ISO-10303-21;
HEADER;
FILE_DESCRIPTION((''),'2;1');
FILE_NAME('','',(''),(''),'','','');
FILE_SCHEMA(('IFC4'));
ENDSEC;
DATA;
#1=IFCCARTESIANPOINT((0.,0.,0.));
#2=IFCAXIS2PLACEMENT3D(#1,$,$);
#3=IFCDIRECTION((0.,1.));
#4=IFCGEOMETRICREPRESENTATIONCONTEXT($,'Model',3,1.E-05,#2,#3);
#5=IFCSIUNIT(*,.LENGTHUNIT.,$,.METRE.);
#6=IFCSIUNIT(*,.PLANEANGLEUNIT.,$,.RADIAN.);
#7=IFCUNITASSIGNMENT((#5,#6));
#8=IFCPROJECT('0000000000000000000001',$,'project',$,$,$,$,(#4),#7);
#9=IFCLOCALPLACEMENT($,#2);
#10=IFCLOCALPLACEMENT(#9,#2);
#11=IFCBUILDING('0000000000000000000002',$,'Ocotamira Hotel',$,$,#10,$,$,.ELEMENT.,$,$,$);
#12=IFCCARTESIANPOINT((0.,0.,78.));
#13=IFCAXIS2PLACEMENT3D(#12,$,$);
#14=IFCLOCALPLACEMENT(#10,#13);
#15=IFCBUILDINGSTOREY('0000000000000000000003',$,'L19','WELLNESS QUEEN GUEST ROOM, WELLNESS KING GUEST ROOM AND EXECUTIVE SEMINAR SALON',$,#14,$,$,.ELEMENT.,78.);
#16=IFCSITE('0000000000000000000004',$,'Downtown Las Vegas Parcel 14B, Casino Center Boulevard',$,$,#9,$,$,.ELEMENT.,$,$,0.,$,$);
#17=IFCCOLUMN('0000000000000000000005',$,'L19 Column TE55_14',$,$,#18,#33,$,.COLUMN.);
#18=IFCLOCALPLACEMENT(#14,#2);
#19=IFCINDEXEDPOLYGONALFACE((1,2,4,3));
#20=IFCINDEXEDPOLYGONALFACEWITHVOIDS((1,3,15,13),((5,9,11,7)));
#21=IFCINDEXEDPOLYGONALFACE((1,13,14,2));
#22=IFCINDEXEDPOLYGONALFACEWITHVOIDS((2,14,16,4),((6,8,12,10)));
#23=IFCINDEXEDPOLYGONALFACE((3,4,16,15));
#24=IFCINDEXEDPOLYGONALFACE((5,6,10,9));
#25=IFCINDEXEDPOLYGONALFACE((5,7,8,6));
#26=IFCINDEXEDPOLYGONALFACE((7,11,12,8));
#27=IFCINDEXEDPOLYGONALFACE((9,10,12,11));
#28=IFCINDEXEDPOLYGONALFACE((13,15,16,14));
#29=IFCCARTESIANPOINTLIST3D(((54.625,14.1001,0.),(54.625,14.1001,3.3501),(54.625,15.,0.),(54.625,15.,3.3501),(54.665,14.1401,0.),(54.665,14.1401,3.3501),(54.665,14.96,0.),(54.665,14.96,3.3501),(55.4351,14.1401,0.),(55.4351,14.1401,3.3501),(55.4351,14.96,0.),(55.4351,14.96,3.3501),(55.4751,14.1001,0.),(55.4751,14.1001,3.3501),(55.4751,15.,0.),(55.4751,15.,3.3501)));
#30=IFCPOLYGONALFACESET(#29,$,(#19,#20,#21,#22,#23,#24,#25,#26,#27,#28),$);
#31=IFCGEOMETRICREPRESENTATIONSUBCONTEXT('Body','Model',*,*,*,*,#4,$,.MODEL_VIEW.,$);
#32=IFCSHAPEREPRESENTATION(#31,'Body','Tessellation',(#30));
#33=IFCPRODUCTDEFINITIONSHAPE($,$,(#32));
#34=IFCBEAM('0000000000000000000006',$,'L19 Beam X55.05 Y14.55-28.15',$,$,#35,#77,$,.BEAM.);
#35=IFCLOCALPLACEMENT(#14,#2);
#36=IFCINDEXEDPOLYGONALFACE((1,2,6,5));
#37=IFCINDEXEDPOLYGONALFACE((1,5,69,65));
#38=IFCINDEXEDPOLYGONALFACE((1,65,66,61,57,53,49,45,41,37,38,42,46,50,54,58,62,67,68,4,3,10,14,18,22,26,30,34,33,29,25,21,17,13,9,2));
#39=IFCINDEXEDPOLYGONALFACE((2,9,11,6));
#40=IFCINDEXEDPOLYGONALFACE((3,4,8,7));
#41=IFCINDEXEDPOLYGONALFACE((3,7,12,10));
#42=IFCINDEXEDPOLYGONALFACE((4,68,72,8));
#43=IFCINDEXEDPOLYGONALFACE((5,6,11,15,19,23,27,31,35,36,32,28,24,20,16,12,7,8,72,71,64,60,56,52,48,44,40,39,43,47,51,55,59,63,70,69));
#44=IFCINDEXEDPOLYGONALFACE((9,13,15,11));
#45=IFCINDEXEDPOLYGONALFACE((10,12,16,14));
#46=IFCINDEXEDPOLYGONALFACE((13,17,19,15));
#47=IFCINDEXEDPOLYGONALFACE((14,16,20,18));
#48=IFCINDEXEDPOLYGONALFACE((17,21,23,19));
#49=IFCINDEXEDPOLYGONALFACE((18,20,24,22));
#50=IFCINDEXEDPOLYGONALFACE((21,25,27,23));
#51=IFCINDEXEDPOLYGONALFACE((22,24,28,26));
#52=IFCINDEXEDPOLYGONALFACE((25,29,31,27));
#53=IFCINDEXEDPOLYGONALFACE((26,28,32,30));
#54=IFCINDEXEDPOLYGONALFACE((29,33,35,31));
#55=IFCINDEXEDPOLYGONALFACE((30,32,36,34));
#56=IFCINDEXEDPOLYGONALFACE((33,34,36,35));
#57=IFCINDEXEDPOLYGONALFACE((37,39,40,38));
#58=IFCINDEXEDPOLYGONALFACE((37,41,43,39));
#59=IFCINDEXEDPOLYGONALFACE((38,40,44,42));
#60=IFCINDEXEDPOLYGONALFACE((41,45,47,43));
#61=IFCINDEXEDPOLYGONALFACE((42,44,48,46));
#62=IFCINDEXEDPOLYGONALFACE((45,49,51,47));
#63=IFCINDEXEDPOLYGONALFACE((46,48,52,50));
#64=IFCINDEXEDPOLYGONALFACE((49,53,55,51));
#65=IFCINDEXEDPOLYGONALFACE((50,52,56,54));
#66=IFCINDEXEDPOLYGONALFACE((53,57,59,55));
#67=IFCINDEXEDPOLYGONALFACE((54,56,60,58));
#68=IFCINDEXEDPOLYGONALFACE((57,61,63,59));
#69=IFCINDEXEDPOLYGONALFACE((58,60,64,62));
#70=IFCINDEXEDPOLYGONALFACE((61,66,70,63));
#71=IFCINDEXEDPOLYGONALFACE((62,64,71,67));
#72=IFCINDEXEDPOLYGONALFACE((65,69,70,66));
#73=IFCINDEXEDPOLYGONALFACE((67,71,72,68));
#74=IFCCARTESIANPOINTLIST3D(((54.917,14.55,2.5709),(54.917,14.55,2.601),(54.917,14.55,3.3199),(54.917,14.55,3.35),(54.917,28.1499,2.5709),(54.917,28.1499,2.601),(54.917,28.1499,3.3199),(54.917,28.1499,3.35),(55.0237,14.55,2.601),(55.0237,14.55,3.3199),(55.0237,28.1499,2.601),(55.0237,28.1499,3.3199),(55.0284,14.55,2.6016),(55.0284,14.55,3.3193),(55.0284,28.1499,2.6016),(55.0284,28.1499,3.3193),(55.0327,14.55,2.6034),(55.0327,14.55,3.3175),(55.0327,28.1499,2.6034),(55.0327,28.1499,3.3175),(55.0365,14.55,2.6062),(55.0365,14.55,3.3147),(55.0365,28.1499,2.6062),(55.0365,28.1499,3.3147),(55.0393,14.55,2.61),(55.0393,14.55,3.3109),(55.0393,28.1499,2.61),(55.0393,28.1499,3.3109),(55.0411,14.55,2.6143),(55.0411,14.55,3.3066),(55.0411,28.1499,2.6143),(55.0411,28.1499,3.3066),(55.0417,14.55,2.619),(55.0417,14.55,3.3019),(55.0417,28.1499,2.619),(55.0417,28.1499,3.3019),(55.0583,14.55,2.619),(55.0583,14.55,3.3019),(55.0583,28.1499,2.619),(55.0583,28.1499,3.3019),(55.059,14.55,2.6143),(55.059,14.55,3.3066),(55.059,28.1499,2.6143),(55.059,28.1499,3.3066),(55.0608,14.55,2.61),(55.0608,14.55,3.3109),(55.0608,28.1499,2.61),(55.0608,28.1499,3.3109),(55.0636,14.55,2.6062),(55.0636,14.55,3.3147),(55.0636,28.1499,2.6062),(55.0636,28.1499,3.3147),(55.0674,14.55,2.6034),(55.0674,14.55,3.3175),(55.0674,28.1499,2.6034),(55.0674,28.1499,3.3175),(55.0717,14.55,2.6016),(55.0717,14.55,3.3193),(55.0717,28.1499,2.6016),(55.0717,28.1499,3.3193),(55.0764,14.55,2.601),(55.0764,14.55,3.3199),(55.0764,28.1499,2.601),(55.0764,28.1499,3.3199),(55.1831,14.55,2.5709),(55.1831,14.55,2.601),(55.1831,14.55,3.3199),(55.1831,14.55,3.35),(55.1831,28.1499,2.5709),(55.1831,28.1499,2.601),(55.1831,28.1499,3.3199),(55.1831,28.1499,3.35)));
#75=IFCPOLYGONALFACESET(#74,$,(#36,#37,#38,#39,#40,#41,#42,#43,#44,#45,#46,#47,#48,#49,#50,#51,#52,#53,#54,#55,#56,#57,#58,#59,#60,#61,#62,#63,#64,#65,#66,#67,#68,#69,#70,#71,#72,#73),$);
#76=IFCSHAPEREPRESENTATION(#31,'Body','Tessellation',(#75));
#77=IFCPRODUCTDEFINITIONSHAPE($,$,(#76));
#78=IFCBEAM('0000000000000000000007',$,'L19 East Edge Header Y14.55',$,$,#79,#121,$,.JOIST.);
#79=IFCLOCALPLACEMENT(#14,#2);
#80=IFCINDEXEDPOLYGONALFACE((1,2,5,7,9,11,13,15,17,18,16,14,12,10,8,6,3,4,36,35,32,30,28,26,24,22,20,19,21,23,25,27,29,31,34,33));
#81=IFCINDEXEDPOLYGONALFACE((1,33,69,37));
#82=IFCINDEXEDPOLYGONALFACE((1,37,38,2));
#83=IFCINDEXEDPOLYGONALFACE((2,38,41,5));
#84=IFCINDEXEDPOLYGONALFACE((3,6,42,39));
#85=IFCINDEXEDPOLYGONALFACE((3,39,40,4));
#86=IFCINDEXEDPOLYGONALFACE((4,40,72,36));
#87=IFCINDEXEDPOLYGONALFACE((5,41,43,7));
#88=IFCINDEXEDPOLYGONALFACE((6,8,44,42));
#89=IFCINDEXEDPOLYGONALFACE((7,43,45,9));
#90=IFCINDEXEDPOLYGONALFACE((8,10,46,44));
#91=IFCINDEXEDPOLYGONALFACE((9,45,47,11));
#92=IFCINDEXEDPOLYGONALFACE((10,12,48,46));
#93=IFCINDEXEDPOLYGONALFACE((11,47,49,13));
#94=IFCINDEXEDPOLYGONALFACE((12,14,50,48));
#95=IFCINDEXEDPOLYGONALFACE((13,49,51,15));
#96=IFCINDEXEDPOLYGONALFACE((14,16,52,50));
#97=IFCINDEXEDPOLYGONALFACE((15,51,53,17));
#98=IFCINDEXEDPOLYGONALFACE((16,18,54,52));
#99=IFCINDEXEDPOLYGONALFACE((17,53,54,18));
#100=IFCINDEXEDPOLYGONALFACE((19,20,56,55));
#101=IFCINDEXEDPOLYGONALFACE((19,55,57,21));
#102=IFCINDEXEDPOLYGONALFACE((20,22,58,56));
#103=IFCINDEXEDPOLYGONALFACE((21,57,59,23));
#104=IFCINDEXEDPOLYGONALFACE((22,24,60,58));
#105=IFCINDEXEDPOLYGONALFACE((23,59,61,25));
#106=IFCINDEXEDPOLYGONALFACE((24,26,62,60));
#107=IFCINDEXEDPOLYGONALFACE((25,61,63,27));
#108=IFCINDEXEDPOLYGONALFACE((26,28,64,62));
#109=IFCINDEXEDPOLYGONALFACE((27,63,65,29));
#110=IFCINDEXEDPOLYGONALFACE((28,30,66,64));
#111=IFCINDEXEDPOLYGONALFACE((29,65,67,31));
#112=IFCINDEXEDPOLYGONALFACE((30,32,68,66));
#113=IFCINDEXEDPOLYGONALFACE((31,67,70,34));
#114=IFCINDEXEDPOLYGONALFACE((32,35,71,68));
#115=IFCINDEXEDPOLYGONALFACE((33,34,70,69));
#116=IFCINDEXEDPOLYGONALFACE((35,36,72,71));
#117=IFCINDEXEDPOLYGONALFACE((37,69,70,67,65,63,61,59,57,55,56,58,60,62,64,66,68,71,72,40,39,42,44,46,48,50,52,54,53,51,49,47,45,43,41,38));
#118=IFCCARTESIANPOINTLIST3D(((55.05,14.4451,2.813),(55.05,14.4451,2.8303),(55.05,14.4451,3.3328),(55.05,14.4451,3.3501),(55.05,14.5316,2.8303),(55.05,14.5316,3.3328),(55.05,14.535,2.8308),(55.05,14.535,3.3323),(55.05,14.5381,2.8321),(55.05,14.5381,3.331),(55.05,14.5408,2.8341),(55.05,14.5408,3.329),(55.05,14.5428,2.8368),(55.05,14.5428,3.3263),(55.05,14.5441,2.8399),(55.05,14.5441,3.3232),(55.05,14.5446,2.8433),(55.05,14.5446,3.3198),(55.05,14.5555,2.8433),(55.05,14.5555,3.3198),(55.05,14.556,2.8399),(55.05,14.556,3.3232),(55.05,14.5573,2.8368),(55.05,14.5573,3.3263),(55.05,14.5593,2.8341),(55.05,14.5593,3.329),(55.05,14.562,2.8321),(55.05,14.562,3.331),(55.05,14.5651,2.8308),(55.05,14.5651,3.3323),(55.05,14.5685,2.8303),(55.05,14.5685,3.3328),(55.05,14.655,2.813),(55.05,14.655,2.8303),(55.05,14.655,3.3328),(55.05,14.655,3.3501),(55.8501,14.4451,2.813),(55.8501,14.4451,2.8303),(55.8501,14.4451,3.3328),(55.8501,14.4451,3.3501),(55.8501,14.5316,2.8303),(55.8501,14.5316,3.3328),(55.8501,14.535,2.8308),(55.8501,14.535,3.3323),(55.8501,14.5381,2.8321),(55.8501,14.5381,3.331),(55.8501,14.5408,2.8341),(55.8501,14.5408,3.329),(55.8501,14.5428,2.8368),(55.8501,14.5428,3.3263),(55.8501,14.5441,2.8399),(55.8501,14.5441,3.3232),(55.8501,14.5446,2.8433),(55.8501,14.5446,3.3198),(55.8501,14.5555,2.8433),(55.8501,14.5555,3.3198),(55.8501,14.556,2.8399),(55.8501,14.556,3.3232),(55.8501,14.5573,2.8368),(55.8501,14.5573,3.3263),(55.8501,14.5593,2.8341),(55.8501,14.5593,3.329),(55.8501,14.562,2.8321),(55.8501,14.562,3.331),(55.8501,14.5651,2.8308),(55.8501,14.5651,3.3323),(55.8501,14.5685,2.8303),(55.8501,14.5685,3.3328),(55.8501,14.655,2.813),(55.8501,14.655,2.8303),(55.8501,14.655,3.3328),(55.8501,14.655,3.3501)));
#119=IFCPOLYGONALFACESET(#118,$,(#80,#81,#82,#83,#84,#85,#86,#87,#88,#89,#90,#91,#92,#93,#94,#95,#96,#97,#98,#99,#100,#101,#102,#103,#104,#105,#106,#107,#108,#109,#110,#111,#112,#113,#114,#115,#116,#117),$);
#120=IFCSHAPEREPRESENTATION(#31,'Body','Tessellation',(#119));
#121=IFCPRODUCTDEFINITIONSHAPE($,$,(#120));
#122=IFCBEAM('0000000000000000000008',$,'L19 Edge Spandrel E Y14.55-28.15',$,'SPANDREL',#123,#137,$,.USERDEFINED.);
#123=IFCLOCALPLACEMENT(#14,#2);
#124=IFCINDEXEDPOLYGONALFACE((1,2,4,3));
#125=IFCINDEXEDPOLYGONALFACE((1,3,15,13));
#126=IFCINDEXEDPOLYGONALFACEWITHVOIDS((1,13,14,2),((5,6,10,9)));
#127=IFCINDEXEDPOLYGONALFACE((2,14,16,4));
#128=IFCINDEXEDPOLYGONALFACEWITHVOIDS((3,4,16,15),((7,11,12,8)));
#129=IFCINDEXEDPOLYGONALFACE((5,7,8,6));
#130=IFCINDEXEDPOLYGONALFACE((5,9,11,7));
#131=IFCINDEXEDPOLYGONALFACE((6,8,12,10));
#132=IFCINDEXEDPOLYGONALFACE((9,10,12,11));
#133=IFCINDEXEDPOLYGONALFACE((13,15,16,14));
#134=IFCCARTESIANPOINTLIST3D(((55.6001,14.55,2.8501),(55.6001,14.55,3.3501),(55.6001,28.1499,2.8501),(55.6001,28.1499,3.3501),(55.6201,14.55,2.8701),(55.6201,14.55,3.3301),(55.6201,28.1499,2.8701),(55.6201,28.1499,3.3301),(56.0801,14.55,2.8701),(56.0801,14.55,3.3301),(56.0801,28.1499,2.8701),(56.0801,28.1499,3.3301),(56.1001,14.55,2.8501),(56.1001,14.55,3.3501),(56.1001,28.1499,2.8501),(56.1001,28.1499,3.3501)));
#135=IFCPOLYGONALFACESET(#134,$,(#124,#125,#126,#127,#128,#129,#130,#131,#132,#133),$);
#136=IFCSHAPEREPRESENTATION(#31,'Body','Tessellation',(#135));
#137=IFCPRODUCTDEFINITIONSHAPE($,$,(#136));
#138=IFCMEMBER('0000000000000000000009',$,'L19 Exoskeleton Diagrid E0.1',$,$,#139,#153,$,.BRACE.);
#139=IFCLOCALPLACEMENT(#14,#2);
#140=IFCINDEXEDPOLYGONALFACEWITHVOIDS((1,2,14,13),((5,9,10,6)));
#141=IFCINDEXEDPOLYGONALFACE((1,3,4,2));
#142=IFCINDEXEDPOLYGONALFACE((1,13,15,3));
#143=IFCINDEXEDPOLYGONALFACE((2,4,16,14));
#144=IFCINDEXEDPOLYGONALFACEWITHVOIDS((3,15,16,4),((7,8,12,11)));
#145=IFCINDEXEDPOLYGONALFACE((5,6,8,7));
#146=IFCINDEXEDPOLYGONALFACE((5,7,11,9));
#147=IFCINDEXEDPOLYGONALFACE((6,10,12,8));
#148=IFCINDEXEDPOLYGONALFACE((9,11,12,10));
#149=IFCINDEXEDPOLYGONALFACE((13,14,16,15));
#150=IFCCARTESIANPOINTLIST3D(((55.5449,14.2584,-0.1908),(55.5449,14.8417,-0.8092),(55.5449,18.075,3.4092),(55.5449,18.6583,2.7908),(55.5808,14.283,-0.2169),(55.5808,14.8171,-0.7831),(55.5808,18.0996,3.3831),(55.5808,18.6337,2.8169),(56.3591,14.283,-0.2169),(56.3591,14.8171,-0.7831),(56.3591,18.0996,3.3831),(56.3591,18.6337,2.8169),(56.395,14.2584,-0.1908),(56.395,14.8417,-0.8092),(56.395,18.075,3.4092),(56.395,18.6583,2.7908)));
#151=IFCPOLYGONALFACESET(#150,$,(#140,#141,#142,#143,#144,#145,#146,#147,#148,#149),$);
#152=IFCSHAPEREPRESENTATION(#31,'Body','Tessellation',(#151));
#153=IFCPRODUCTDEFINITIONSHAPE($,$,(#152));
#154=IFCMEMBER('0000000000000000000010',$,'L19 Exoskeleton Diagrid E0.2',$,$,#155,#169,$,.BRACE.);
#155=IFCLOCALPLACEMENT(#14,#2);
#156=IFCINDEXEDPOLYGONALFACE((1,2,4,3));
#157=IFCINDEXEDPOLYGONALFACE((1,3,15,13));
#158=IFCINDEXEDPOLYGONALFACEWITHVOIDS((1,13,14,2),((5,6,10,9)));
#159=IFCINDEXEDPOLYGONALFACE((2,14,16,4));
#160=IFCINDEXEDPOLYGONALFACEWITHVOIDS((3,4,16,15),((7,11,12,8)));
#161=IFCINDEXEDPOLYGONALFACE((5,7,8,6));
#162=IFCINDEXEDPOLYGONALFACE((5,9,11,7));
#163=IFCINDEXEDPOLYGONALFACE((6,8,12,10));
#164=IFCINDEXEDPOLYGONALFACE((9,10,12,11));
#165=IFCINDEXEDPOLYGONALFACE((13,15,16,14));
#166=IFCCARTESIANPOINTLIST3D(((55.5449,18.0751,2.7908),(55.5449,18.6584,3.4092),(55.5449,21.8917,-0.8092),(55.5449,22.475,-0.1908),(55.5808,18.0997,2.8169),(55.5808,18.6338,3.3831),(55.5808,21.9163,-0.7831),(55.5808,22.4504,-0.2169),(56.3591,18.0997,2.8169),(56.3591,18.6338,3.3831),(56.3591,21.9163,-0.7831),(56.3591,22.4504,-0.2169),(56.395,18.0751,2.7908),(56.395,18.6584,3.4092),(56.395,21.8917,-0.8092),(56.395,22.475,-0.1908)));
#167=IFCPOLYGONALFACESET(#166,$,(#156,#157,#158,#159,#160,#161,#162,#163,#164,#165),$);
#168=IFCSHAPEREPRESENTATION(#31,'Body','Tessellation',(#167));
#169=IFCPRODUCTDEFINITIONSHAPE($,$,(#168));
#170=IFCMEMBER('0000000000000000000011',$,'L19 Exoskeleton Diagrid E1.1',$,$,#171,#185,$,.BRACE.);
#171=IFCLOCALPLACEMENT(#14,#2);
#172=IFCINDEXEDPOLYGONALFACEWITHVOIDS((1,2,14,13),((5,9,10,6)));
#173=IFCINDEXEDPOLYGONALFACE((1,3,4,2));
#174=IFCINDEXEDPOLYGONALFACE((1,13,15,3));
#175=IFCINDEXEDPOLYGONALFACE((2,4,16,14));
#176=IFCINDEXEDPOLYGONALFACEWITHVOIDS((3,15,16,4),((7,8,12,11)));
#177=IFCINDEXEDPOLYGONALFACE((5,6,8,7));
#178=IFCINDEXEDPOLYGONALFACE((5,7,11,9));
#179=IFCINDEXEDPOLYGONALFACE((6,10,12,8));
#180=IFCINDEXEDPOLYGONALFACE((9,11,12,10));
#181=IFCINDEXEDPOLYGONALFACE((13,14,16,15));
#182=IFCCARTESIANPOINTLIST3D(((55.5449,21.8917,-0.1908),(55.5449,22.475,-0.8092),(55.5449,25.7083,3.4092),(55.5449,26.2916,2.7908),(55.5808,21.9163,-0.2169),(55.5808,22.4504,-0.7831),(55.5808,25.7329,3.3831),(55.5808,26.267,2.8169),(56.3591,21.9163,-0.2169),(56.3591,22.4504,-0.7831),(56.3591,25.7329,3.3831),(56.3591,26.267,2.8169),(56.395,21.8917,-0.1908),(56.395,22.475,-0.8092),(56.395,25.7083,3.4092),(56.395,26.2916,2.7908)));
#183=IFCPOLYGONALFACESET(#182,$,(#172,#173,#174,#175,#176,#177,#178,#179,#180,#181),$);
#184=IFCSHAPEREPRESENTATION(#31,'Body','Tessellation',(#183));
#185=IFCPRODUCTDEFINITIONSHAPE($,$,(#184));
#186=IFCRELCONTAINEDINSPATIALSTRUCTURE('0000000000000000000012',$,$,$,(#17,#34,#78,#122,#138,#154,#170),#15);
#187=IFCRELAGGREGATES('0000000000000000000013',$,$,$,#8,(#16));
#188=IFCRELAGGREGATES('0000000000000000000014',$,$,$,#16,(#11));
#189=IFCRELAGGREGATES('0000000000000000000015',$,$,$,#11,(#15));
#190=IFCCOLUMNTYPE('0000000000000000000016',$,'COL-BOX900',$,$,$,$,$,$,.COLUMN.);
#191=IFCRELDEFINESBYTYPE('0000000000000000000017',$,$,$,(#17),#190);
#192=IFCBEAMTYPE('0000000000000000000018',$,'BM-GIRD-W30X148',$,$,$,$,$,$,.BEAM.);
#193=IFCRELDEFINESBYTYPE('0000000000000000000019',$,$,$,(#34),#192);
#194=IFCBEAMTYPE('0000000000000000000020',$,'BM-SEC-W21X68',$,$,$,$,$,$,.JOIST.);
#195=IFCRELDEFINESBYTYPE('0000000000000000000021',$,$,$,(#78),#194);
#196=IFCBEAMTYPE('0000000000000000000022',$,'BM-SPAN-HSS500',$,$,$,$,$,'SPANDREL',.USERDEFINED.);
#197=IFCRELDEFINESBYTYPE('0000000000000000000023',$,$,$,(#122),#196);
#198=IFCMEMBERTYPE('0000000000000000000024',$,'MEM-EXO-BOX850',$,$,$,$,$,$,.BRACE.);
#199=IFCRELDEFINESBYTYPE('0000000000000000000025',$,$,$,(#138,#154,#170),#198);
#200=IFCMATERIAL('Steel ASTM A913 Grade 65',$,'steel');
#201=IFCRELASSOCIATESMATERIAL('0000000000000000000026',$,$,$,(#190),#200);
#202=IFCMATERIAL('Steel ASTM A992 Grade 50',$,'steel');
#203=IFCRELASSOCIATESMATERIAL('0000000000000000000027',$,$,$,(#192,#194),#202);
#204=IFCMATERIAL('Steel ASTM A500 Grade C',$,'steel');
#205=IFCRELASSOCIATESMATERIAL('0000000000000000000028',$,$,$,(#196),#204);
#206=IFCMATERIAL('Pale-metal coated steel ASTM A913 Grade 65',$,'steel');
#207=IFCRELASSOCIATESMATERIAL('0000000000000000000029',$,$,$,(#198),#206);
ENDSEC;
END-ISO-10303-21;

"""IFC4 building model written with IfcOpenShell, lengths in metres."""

from ifc_helpers import new_model, si_unit, direction, frame, origin, origin_2d, place, context, subcontext, project, spatial, hollow_rectangle, i_section, extrude, source, transform, mapped, material, material_profile, profile_set, type_object, element, save


model = new_model("IFC4")

# Units and contexts
model_context = context("Model", 3, precision=1e-05, world=origin(), true_north=direction((0.0, 1.0)))
body_context = subcontext(model_context, "Body", "Model", "MODEL_VIEW")
ifc_project = project(units=[si_unit("LENGTHUNIT", "METRE"), si_unit("PLANEANGLEUNIT", "RADIAN")], contexts=[model_context])

# Site, building, storey
site_placement = place(None, origin())
site = spatial("IfcSite", under=ifc_project, at=site_placement, Name="Downtown Las Vegas Parcel 14B, Casino Center Boulevard", CompositionType="ELEMENT", RefElevation=0.0)
building_placement = place(site_placement, origin())
building = spatial("IfcBuilding", under=site, at=building_placement, Name="Ocotamira Hotel", CompositionType="ELEMENT")
storey_placement = place(building_placement, frame((0.0, 0.0, 78.0)))
storey = spatial("IfcBuildingStorey", under=building, at=storey_placement, Name="L19", Description="WELLNESS QUEEN GUEST ROOM, WELLNESS KING GUEST ROOM AND EXECUTIVE SEMINAR SALON", CompositionType="ELEMENT", Elevation=78.0)

# Column
ifc_material_1 = material(Name="Steel ASTM A913 Grade 65", Category="steel")
ifc_material_profile_1 = material_profile(ifc_material_1, hollow_rectangle(XDim=0.8501, YDim=0.8999, WallThickness=0.04, at=origin_2d()), Name="BOX900X850X40")
ifc_profile_set_1 = profile_set([ifc_material_profile_1], Name="Steel ASTM A913 Grade 65")
column_type = type_object("IfcColumnType", Name="COL-BOX900", PredefinedType="COLUMN", material=ifc_profile_set_1)
shared_shape_1 = source(origin(), body_context, "Body", "SweptSolid", [
    extrude(hollow_rectangle(XDim=0.8501, YDim=0.8999, WallThickness=0.04, at=origin_2d()), origin(), (0.0, 0.0, 1.0), 3.3501),
])
column_placement = place(storey_placement, frame((55.05, 14.55, 0.0), z_axis=(0.0, 0.0, 1.0), x_axis=(1.0, 0.0, 0.0)))
element("IfcColumn", 1, at=column_placement, inside=storey, type_object=column_type, Name="L19 Column TE55_14", PredefinedType="COLUMN", context=body_context, shape_type="MappedRepresentation", body=[
    mapped(shared_shape_1, transform((0.0, 0.0, 0.0), scale=1.0)),
])

# Beams
ifc_material_2 = material(Name="Steel ASTM A992 Grade 50", Category="steel")
ifc_material_profile_2 = material_profile(ifc_material_2, i_section(OverallWidth=0.2661, OverallDepth=0.7791, WebThickness=0.0166, FlangeThickness=0.03, FilletRadius=0.0181, at=origin_2d()), Name="W30X148")
ifc_profile_set_2 = profile_set([ifc_material_profile_2], Name="Steel ASTM A992 Grade 50")
beam_type_1 = type_object("IfcBeamType", Name="BM-GIRD-W30X148", PredefinedType="BEAM", material=ifc_profile_set_2)
shared_shape_2 = source(origin(), body_context, "Body", "SweptSolid", [
    extrude(i_section(OverallWidth=0.2661, OverallDepth=0.7791, WebThickness=0.0166, FlangeThickness=0.03, FilletRadius=0.0181, at=origin_2d()), origin(), (0.0, 0.0, 1.0), 13.5999),
])
beam_1_placement = place(storey_placement, frame((55.05, 14.55, 2.9604), z_axis=(0.0, 1.0, 0.0), x_axis=(-1.0, 0.0, 0.0)))
element("IfcBeam", 2, at=beam_1_placement, inside=storey, type_object=beam_type_1, Name="L19 Beam X55.05 Y14.55-28.15", PredefinedType="BEAM", context=body_context, shape_type="MappedRepresentation", body=[
    mapped(shared_shape_2, transform((0.0, 0.0, 0.0), scale=1.0)),
])
ifc_material_profile_3 = material_profile(ifc_material_2, i_section(OverallWidth=0.21, OverallDepth=0.5371, WebThickness=0.011, FlangeThickness=0.0173, FilletRadius=0.0129, at=origin_2d()), Name="W21X68")
ifc_profile_set_3 = profile_set([ifc_material_profile_3], Name="Steel ASTM A992 Grade 50")
beam_type_2 = type_object("IfcBeamType", Name="BM-SEC-W21X68", PredefinedType="JOIST", material=ifc_profile_set_3)
shared_shape_3 = source(origin(), body_context, "Body", "SweptSolid", [
    extrude(i_section(OverallWidth=0.21, OverallDepth=0.5371, WebThickness=0.011, FlangeThickness=0.0173, FilletRadius=0.0129, at=origin_2d()), origin(), (0.0, 0.0, 1.0), 0.8),
])
beam_2_placement = place(storey_placement, frame((55.05, 14.55, 3.0815), z_axis=(1.0, 0.0, 0.0), x_axis=(0.0, 1.0, 0.0)))
element("IfcBeam", 3, at=beam_2_placement, inside=storey, type_object=beam_type_2, Name="L19 East Edge Header Y14.55", PredefinedType="JOIST", context=body_context, shape_type="MappedRepresentation", body=[
    mapped(shared_shape_3, transform((0.0, 0.0, 0.0), scale=1.0)),
])
ifc_material_3 = material(Name="Steel ASTM A500 Grade C", Category="steel")
ifc_material_profile_4 = material_profile(ifc_material_3, hollow_rectangle(XDim=0.5, YDim=0.5, WallThickness=0.02, at=origin_2d()), Name="HSS500X500X20")
ifc_profile_set_4 = profile_set([ifc_material_profile_4], Name="Steel ASTM A500 Grade C")
beam_type_3 = type_object("IfcBeamType", Name="BM-SPAN-HSS500", ElementType="SPANDREL", PredefinedType="USERDEFINED", material=ifc_profile_set_4)
shared_shape_4 = source(origin(), body_context, "Body", "SweptSolid", [
    extrude(hollow_rectangle(XDim=0.5, YDim=0.5, WallThickness=0.02, at=origin_2d()), origin(), (0.0, 0.0, 1.0), 13.5999),
])
beam_3_placement = place(storey_placement, frame((55.8501, 14.55, 3.1001), z_axis=(0.0, 1.0, 0.0), x_axis=(-1.0, 0.0, 0.0)))
element("IfcBeam", 4, at=beam_3_placement, inside=storey, type_object=beam_type_3, Name="L19 Edge Spandrel E Y14.55-28.15", ObjectType="SPANDREL", PredefinedType="USERDEFINED", context=body_context, shape_type="MappedRepresentation", body=[
    mapped(shared_shape_4, transform((0.0, 0.0, 0.0), scale=1.0)),
])

# Members
ifc_material_4 = material(Name="Pale-metal coated steel ASTM A913 Grade 65", Category="steel")
ifc_material_profile_5 = material_profile(ifc_material_4, hollow_rectangle(XDim=0.8501, YDim=0.8501, WallThickness=0.0359, at=origin_2d()), Name="BOX850X850X36")
ifc_profile_set_5 = profile_set([ifc_material_profile_5], Name="Pale-metal coated steel ASTM A913 Grade 65")
member_type_1 = type_object("IfcMemberType", Name="MEM-EXO-BOX850", PredefinedType="BRACE", material=ifc_profile_set_5)
shared_shape_5 = source(origin(), body_context, "Body", "SweptSolid", [
    extrude(hollow_rectangle(XDim=0.8501, YDim=0.8501, WallThickness=0.0359, at=origin_2d()), origin(), (0.0, 0.0, 1.0), 5.2466),
])
for number, where, z_axis, x_axis, name in (
    (5, (55.97, 14.55, -0.5), (0.0, 0.727443, 0.686168), (-1.0, 0.0, 0.0), "L19 Exoskeleton Diagrid E0.1"),
    (6, (55.97, 22.1833, -0.5), (0.0, -0.727443, 0.686168), (1.0, 0.0, 0.0), "L19 Exoskeleton Diagrid E0.2"),
    (7, (55.97, 22.1833, -0.5), (0.0, 0.727443, 0.686168), (-1.0, 0.0, 0.0), "L19 Exoskeleton Diagrid E1.1"),
):
    element("IfcMember", number, at=place(storey_placement, frame(where, z_axis=z_axis, x_axis=x_axis)), inside=storey, type_object=member_type_1, Name=name, PredefinedType="BRACE", context=body_context, shape_type="MappedRepresentation", body=[
        mapped(shared_shape_5, transform((0.0, 0.0, 0.0), scale=1.0)),
    ])

save(model, "model.ifc")
